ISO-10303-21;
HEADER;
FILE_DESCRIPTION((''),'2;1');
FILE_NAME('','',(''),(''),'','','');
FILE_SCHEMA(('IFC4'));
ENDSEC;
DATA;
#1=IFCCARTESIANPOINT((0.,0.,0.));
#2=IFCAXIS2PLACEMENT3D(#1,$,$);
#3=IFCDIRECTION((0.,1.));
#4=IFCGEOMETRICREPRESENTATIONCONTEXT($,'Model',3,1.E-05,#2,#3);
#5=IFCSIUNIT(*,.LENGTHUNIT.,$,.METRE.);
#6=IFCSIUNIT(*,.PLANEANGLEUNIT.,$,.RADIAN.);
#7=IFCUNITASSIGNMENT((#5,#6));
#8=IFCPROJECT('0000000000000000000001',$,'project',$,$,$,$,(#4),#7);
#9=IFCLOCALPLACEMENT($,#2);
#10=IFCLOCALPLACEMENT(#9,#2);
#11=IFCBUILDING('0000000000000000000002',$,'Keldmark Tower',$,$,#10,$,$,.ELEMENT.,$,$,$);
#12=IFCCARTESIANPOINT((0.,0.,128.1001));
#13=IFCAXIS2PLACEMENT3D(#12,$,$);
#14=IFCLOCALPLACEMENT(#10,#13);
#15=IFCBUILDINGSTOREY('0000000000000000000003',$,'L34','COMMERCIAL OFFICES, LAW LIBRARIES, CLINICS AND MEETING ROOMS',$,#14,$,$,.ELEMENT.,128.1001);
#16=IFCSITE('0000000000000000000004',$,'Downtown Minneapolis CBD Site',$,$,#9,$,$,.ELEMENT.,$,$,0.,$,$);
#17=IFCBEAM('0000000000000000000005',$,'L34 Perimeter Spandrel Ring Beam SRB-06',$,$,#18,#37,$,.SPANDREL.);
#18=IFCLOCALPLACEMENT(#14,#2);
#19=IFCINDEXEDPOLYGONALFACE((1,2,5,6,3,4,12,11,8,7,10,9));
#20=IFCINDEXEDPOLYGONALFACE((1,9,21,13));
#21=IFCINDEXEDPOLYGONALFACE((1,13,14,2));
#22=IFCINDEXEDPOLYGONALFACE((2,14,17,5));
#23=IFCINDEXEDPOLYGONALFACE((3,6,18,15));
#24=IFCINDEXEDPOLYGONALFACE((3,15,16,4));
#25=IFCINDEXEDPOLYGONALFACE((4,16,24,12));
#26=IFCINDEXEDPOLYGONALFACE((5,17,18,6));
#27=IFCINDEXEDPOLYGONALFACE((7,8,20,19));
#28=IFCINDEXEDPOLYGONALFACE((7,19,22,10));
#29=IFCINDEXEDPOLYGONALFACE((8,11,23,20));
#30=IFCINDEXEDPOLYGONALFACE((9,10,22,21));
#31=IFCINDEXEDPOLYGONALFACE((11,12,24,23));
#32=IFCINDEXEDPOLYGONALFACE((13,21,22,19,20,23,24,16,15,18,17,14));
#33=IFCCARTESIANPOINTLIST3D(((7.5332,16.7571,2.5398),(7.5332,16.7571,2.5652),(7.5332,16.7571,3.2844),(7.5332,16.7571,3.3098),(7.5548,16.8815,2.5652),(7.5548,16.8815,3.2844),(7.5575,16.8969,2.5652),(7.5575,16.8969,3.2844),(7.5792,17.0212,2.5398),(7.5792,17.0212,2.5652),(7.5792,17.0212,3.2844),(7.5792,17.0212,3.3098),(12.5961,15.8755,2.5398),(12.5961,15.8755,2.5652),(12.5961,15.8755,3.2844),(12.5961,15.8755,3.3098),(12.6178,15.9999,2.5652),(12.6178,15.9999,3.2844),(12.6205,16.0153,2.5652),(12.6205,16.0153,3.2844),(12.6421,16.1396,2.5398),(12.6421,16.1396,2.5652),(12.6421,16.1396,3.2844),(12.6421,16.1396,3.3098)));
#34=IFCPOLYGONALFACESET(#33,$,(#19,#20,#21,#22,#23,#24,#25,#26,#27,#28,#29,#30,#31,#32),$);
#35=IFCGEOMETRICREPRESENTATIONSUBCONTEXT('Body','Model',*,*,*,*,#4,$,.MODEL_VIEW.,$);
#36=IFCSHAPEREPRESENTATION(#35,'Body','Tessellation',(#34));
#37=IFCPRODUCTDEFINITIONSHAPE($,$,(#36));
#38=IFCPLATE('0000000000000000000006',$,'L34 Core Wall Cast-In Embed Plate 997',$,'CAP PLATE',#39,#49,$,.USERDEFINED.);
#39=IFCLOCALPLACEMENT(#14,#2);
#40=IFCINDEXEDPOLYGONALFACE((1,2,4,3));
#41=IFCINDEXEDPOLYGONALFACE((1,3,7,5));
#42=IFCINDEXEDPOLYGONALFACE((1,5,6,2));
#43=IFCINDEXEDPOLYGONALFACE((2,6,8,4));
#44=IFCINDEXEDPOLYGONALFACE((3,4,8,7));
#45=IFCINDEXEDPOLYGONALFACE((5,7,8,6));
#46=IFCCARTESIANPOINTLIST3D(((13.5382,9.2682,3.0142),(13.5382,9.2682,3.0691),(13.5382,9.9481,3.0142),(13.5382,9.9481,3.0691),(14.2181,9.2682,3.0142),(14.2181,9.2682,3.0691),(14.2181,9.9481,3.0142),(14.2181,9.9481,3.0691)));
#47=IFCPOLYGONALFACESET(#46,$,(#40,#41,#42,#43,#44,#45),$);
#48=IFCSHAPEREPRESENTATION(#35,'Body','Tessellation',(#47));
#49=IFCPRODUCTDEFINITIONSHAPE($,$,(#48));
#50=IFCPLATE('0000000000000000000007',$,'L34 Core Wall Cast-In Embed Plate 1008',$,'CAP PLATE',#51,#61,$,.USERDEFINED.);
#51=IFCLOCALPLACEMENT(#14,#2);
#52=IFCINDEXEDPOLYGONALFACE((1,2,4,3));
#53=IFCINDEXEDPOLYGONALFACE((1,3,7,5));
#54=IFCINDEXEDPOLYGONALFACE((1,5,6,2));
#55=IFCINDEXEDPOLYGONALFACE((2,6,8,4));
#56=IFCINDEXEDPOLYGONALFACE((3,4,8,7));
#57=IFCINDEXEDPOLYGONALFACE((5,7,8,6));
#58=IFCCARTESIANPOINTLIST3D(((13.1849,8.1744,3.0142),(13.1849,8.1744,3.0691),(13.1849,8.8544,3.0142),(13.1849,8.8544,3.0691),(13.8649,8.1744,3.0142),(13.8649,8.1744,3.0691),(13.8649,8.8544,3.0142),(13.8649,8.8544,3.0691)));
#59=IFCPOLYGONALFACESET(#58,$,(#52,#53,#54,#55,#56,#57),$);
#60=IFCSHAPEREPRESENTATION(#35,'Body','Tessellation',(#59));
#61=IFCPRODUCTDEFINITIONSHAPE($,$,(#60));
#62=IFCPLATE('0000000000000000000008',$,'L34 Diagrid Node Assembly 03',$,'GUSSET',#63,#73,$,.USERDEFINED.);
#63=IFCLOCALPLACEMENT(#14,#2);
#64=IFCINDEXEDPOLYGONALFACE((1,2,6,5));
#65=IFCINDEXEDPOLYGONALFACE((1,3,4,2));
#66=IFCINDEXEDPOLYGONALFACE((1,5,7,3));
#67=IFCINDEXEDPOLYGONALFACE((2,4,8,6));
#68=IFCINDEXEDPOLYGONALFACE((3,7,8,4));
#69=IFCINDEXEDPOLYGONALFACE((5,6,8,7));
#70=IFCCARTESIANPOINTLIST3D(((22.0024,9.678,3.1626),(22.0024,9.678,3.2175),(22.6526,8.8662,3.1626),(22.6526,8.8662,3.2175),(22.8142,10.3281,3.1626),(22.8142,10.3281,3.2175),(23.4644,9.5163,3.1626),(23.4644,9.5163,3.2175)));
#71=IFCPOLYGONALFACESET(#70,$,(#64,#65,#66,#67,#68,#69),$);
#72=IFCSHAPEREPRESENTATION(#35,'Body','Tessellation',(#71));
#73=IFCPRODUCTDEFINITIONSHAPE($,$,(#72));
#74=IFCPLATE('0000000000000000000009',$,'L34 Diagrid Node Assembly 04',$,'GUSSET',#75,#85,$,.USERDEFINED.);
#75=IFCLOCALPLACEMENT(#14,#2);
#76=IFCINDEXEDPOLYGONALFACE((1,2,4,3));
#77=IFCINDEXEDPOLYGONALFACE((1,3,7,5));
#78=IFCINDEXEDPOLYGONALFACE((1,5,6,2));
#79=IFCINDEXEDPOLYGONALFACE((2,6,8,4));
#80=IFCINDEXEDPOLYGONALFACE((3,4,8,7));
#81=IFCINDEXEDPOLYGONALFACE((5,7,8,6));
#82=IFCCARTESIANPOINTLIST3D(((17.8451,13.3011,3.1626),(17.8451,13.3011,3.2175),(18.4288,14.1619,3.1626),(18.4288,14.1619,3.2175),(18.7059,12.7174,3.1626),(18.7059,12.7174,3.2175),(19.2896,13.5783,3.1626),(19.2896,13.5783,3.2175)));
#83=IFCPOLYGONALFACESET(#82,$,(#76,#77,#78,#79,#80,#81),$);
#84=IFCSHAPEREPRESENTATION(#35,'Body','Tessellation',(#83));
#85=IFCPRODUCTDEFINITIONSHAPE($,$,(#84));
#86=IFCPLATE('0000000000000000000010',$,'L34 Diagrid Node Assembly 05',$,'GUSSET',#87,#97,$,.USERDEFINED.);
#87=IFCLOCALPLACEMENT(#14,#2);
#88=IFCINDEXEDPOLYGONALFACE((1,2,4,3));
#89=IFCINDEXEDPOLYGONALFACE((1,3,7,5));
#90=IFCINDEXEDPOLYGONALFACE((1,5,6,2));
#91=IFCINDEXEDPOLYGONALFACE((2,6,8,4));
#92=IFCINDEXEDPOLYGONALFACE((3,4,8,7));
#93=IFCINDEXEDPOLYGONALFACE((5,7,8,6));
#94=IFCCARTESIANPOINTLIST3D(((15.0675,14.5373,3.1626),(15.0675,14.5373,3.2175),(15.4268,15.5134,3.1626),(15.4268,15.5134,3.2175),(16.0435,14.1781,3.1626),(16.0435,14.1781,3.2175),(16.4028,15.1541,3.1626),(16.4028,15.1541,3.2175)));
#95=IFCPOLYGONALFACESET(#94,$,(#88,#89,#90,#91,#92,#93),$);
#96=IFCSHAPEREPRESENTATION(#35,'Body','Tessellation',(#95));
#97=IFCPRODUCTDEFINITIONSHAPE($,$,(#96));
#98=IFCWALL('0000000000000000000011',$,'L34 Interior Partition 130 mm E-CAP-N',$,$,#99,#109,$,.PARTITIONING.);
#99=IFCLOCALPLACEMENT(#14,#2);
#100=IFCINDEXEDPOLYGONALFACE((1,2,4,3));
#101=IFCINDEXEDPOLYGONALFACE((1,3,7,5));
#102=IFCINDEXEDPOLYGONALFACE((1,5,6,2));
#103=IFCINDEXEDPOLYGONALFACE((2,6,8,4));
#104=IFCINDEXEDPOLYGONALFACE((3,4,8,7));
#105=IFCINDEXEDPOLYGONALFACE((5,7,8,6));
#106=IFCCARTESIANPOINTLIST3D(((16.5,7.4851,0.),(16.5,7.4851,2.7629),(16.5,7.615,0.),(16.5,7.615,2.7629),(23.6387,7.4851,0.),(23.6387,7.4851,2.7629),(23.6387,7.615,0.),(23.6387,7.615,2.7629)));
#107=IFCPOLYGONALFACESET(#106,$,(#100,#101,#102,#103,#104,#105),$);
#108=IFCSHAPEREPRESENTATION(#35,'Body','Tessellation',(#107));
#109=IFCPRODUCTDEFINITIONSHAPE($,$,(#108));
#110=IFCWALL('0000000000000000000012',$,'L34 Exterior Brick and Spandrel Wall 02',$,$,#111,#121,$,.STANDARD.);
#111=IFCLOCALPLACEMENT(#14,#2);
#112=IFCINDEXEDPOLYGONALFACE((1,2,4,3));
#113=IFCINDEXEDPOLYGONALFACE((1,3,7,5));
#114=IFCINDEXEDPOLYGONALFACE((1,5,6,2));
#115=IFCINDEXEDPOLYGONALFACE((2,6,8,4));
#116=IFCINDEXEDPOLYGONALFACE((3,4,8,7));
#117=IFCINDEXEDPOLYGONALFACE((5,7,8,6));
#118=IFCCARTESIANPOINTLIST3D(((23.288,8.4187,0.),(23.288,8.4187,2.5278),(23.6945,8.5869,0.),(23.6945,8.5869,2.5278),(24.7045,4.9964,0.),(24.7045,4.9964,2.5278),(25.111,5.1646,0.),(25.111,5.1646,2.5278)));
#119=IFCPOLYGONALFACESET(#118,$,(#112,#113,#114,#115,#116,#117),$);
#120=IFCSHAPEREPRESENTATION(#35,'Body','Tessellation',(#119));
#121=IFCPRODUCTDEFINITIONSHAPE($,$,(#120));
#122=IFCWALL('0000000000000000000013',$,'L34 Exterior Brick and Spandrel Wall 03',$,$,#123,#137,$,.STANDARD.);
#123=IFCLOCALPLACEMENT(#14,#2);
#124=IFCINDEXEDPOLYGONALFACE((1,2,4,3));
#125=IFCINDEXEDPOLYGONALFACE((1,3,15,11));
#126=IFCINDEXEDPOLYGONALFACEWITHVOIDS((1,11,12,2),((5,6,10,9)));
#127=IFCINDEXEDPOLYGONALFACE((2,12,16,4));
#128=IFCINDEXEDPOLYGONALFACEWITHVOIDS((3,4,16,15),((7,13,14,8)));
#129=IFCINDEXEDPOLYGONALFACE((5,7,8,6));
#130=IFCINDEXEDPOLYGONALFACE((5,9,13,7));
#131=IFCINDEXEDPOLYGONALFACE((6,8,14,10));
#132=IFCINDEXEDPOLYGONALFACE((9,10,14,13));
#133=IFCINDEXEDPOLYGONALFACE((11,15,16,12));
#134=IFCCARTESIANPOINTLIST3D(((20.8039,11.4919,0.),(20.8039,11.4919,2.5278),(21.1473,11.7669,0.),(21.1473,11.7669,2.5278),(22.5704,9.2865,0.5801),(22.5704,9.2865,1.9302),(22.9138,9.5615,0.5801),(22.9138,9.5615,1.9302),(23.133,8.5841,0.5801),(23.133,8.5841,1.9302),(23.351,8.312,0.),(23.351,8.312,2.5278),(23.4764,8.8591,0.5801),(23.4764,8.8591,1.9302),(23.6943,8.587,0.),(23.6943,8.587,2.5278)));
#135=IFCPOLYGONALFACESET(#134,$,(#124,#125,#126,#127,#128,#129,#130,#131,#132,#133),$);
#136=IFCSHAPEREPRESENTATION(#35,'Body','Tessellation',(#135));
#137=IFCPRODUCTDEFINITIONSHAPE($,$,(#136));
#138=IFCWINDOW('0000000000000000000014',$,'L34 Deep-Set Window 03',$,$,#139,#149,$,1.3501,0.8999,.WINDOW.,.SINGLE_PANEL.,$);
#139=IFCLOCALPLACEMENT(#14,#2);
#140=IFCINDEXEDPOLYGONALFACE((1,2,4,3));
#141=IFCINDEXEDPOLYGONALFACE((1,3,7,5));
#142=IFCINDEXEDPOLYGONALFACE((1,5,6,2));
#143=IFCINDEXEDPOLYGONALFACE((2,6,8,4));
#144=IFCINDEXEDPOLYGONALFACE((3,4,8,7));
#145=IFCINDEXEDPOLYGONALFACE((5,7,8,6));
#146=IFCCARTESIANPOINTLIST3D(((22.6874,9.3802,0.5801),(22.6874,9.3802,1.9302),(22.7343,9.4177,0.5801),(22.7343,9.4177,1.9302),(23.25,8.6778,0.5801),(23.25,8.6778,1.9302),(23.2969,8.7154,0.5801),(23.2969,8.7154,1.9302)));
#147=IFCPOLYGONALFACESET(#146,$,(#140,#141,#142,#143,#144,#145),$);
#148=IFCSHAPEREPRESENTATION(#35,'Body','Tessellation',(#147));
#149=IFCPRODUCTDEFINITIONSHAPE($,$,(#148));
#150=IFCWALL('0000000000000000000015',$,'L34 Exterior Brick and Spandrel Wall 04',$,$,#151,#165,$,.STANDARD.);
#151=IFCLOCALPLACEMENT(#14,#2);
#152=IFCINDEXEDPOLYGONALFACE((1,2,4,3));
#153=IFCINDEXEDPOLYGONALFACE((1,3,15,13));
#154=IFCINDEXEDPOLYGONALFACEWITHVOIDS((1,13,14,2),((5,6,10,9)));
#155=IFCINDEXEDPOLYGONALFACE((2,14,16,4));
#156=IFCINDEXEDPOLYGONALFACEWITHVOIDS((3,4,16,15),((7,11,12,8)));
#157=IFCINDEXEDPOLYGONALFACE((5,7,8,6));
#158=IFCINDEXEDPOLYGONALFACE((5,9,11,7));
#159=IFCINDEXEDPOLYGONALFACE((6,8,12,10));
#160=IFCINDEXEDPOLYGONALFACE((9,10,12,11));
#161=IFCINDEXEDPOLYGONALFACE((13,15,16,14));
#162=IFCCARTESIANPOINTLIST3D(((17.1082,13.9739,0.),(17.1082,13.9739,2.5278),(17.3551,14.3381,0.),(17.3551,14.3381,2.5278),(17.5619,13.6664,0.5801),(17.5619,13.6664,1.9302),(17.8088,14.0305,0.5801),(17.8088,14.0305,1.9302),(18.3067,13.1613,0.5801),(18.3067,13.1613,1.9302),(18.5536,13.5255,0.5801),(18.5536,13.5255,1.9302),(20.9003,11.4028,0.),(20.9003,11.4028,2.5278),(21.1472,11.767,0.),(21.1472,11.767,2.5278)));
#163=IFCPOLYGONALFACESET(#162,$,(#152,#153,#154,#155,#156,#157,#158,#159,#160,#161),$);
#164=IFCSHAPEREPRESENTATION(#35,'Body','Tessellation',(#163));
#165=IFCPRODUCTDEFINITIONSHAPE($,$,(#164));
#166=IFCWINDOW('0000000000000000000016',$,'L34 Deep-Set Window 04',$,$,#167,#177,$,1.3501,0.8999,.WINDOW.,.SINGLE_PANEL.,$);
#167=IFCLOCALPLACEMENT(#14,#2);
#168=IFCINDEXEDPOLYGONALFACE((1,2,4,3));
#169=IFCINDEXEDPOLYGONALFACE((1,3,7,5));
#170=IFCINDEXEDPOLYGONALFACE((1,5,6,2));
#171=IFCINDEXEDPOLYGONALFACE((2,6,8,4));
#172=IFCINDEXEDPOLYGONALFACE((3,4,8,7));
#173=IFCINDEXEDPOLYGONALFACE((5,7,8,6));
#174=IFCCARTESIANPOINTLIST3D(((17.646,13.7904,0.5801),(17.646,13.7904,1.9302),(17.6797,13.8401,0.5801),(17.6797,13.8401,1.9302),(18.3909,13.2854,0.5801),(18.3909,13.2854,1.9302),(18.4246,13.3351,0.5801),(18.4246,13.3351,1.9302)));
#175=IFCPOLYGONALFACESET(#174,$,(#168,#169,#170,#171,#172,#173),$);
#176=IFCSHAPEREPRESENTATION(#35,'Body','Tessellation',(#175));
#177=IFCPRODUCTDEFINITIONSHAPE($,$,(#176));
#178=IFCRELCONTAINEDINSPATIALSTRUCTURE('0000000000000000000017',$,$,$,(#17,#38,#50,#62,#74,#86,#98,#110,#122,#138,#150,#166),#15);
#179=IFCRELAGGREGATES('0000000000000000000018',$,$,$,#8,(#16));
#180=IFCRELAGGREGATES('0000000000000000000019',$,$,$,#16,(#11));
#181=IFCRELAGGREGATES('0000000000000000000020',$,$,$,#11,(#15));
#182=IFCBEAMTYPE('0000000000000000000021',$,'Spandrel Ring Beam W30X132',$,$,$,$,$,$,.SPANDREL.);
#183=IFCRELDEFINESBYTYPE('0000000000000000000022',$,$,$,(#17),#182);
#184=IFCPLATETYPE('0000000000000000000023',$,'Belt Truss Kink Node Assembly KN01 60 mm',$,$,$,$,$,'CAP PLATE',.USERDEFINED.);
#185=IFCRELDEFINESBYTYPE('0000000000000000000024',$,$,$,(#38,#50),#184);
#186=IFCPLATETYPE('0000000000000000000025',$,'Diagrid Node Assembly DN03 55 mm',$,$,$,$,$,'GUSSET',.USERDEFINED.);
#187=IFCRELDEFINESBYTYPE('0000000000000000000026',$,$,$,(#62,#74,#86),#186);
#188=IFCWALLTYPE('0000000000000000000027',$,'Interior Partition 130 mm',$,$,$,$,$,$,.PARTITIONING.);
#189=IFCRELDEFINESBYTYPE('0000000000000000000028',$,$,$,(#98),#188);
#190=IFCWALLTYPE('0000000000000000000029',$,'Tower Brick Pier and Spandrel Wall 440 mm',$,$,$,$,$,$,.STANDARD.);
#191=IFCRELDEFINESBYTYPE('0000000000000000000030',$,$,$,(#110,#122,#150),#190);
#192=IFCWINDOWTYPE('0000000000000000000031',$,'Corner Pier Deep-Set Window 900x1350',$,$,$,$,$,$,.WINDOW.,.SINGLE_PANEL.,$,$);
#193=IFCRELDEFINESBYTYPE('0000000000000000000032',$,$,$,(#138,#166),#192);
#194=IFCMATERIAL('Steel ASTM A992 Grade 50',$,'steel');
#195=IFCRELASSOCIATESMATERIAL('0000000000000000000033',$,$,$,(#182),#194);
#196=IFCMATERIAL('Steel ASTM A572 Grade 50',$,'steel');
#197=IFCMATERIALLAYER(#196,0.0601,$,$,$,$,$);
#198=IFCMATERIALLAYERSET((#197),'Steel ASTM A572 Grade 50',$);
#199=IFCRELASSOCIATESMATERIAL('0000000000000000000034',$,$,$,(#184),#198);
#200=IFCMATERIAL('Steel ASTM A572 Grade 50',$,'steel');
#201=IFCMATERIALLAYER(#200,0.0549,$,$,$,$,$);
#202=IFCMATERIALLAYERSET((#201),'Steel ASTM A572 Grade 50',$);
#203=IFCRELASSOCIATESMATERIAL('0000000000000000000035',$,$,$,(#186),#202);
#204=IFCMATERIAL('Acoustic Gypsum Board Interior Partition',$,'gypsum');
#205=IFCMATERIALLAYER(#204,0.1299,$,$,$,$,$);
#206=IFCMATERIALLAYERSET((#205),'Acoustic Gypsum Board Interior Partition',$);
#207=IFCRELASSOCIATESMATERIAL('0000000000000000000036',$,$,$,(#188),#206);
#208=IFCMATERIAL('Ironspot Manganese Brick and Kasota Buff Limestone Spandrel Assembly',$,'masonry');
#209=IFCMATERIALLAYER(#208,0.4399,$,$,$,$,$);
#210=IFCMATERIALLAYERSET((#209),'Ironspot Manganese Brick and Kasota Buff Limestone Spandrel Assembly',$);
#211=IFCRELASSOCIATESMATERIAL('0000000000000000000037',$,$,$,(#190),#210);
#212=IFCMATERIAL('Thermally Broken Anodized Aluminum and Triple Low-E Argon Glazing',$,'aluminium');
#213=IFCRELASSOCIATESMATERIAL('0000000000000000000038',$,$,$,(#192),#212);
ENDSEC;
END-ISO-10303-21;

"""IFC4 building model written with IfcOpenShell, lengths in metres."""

from ifc_helpers import new_model, si_unit, direction, frame, frame_2d, origin, origin_2d, place, context, subcontext, project, spatial, rectangle, i_section, extrude, material, layer, layer_set, material_profile, profile_set, type_object, element, fill, save


model = new_model("IFC4")

# Units and contexts
model_context = context("Model", 3, precision=1e-05, world=origin(), true_north=direction((0.0, 1.0)))
body_context = subcontext(model_context, "Body", "Model", "MODEL_VIEW")
ifc_project = project(units=[si_unit("LENGTHUNIT", "METRE"), si_unit("PLANEANGLEUNIT", "RADIAN")], contexts=[model_context])

# Site, building, storey
site_placement = place(None, origin())
site = spatial("IfcSite", under=ifc_project, at=site_placement, Name="Downtown Minneapolis CBD Site", CompositionType="ELEMENT", RefElevation=0.0)
building_placement = place(site_placement, origin())
building = spatial("IfcBuilding", under=site, at=building_placement, Name="Keldmark Tower", CompositionType="ELEMENT")
storey_placement = place(building_placement, frame((0.0, 0.0, 128.1001)))
storey = spatial("IfcBuildingStorey", under=building, at=storey_placement, Name="L34", Description="COMMERCIAL OFFICES, LAW LIBRARIES, CLINICS AND MEETING ROOMS", CompositionType="ELEMENT", Elevation=128.1001)

# Beam
ifc_material_1 = material(Name="Steel ASTM A992 Grade 50", Category="steel")
ifc_material_profile_1 = material_profile(ifc_material_1, i_section(OverallWidth=0.2681, OverallDepth=0.77, WebThickness=0.0156, FlangeThickness=0.0254, at=origin_2d()), Name="W30X132")
ifc_profile_set_1 = profile_set([ifc_material_profile_1], Name="Steel ASTM A992 Grade 50")
beam_type_1 = type_object("IfcBeamType", Name="Spandrel Ring Beam W30X132", PredefinedType="SPANDREL", material=ifc_profile_set_1)
beam_1_placement = place(storey_placement, frame((12.6191, 16.0076, 2.9248), z_axis=(-0.985177, 0.171544, 0.0), x_axis=(-0.171544, -0.985177, 0.0)))
element("IfcBeam", 1, at=beam_1_placement, inside=storey, type_object=beam_type_1, Name="L34 Perimeter Spandrel Ring Beam SRB-06", PredefinedType="SPANDREL", context=body_context, shape_type="SweptSolid", body=[
    extrude(i_section(OverallWidth=0.2681, OverallDepth=0.77, WebThickness=0.0156, FlangeThickness=0.0254, at=origin_2d()), origin(), (0.0, 0.0, 1.0), 5.1392),
])

# Plates
ifc_material_2 = material(Name="Steel ASTM A572 Grade 50", Category="steel")
ifc_layer_1 = layer(ifc_material_2, 0.0601)
ifc_layer_set_1 = layer_set([ifc_layer_1], Name="Steel ASTM A572 Grade 50")
plate_type_1 = type_object("IfcPlateType", Name="Belt Truss Kink Node Assembly KN01 60 mm", ElementType="CAP PLATE", PredefinedType="USERDEFINED", material=ifc_layer_set_1)
for number, where, z_axis, x_axis, name in (
    (2, (13.8782, 9.6082, 3.0142), (0.0, 0.0, 1.0), (1.0, 0.0, 0.0), "L34 Core Wall Cast-In Embed Plate 997"),
    (3, (13.5249, 8.5144, 3.0142), (0.0, 0.0, 1.0), (1.0, 0.0, 0.0), "L34 Core Wall Cast-In Embed Plate 1008"),
):
    element("IfcPlate", number, at=place(storey_placement, frame(where, z_axis=z_axis, x_axis=x_axis)), inside=storey, type_object=plate_type_1, Name=name, ObjectType="CAP PLATE", PredefinedType="USERDEFINED", context=body_context, shape_type="SweptSolid", body=[
        extrude(rectangle(XDim=0.6799, YDim=0.6799, at=origin_2d()), origin(), (0.0, 0.0, 1.0), 0.0549),
    ])
ifc_material_3 = material(Name="Steel ASTM A572 Grade 50", Category="steel")
ifc_layer_2 = layer(ifc_material_3, 0.0549)
ifc_layer_set_2 = layer_set([ifc_layer_2], Name="Steel ASTM A572 Grade 50")
plate_type_2 = type_object("IfcPlateType", Name="Diagrid Node Assembly DN03 55 mm", ElementType="GUSSET", PredefinedType="USERDEFINED", material=ifc_layer_set_2)
for number, where, z_axis, x_axis, name in (
    (4, (22.7334, 9.5972, 3.1626), (0.0, 0.0, 1.0), (-0.625106, 0.78054, 0.0), "L34 Diagrid Node Assembly 03"),
    (5, (18.5674, 13.4397, 3.1626), (0.0, 0.0, 1.0), (-0.827669, 0.561217, 0.0), "L34 Diagrid Node Assembly 04"),
    (6, (15.7351, 14.8457, 3.1626), (0.0, 0.0, 1.0), (-0.938433, 0.345462, 0.0), "L34 Diagrid Node Assembly 05"),
):
    element("IfcPlate", number, at=place(storey_placement, frame(where, z_axis=z_axis, x_axis=x_axis)), inside=storey, type_object=plate_type_2, Name=name, ObjectType="GUSSET", PredefinedType="USERDEFINED", context=body_context, shape_type="SweptSolid", body=[
        extrude(rectangle(XDim=1.04, YDim=1.04, at=origin_2d()), origin(), (0.0, 0.0, 1.0), 0.0549),
    ])

# Walls
ifc_material_4 = material(Name="Acoustic Gypsum Board Interior Partition", Category="gypsum")
ifc_layer_3 = layer(ifc_material_4, 0.1299)
ifc_layer_set_3 = layer_set([ifc_layer_3], Name="Acoustic Gypsum Board Interior Partition")
wall_type_1 = type_object("IfcWallType", Name="Interior Partition 130 mm", PredefinedType="PARTITIONING", material=ifc_layer_set_3)
wall_1_placement = place(storey_placement, frame((16.5, 7.55, 0.0), z_axis=(0.0, 0.0, 1.0), x_axis=(1.0, 0.0, 0.0)))
element("IfcWall", 7, at=wall_1_placement, inside=storey, type_object=wall_type_1, Name="L34 Interior Partition 130 mm E-CAP-N", PredefinedType="PARTITIONING", context=body_context, shape_type="SweptSolid", body=[
    extrude(rectangle(XDim=7.1387, YDim=0.1299, at=frame_2d((3.5693, 0.0))), origin(), (0.0, 0.0, 1.0), 2.7629),
])
ifc_material_5 = material(Name="Ironspot Manganese Brick and Kasota Buff Limestone Spandrel Assembly", Category="masonry")
ifc_layer_4 = layer(ifc_material_5, 0.4399)
ifc_layer_set_4 = layer_set([ifc_layer_4], Name="Ironspot Manganese Brick and Kasota Buff Limestone Spandrel Assembly")
wall_type_2 = type_object("IfcWallType", Name="Tower Brick Pier and Spandrel Wall 440 mm", PredefinedType="STANDARD", material=ifc_layer_set_4)
wall_2_placement = place(storey_placement, frame((23.4912, 8.5029, 0.0), z_axis=(0.0, 0.0, 1.0), x_axis=(0.382433, -0.923983, 0.0)))
element("IfcWall", 8, at=wall_2_placement, inside=storey, type_object=wall_type_2, Name="L34 Exterior Brick and Spandrel Wall 02", PredefinedType="STANDARD", context=body_context, shape_type="SweptSolid", body=[
    extrude(rectangle(XDim=3.7039, YDim=0.4399, at=frame_2d((1.8521, 0.0))), origin(), (0.0, 0.0, 1.0), 2.5278),
])

# Walls, openings, windows
wall_3_placement = place(storey_placement, frame((20.9756, 11.6294, 0.0), z_axis=(0.0, 0.0, 1.0), x_axis=(0.62517, -0.780489, 0.0)))
wall_3 = element("IfcWall", 9, at=wall_3_placement, inside=storey, type_object=wall_type_2, Name="L34 Exterior Brick and Spandrel Wall 03", PredefinedType="STANDARD", context=body_context, shape_type="SweptSolid", body=[
    extrude(rectangle(XDim=4.0742, YDim=0.4399, at=frame_2d((2.0371, 0.0))), origin(), (0.0, 0.0, 1.0), 2.5278),
])
opening_1_placement = place(wall_3_placement, frame((2.8257, 0.0, 0.5801)))
opening_1 = element("IfcOpeningElement", 10, at=opening_1_placement, cuts=wall_3, PredefinedType="OPENING", context=body_context, shape_type="SweptSolid", body=[
    extrude(rectangle(XDim=0.8999, YDim=1.3501, at=frame_2d((0.45, 0.675))), frame((0.0, 0.23, 0.0), z_axis=(0.0, -1.0, 0.0), x_axis=(1.0, 0.0, 0.0)), (0.0, 0.0, 1.0), 0.46),
])
ifc_material_6 = material(Name="Thermally Broken Anodized Aluminum and Triple Low-E Argon Glazing", Category="aluminium")
window_type_1 = type_object("IfcWindowType", Name="Corner Pier Deep-Set Window 900x1350", PartitioningType="SINGLE_PANEL", PredefinedType="WINDOW", material=ifc_material_6)
window_1_placement = place(opening_1_placement, origin())
window_1 = element("IfcWindow", 11, at=window_1_placement, inside=storey, type_object=window_type_1, Name="L34 Deep-Set Window 03", OverallHeight=1.3501, OverallWidth=0.8999, PartitioningType="SINGLE_PANEL", PredefinedType="WINDOW", context=body_context, shape_type="SweptSolid", body=[
    extrude(rectangle(XDim=0.8999, YDim=1.3501, at=frame_2d((0.45, 0.675))), frame((0.0, -0.01, 0.0), z_axis=(0.0, -1.0, 0.0), x_axis=(1.0, 0.0, 0.0)), (0.0, 0.0, 1.0), 0.0601),
])
fill(opening_1, window_1)
wall_4_placement = place(storey_placement, frame((17.2317, 14.156, 0.0), z_axis=(0.0, 0.0, 1.0), x_axis=(0.827688, -0.561189, 0.0)))
wall_4 = element("IfcWall", 12, at=wall_4_placement, inside=storey, type_object=wall_type_2, Name="L34 Exterior Brick and Spandrel Wall 04", PredefinedType="STANDARD", context=body_context, shape_type="SweptSolid", body=[
    extrude(rectangle(XDim=4.5815, YDim=0.4399, at=frame_2d((2.2908, 0.0))), origin(), (0.0, 0.0, 1.0), 2.5278),
])
opening_2_placement = place(wall_4_placement, frame((0.5481, 0.0, 0.5801)))
opening_2 = element("IfcOpeningElement", 13, at=opening_2_placement, cuts=wall_4, PredefinedType="OPENING", context=body_context, shape_type="SweptSolid", body=[
    extrude(rectangle(XDim=0.8999, YDim=1.3501, at=frame_2d((0.45, 0.675))), frame((0.0, 0.23, 0.0), z_axis=(0.0, -1.0, 0.0), x_axis=(1.0, 0.0, 0.0)), (0.0, 0.0, 1.0), 0.46),
])
window_2_placement = place(opening_2_placement, origin())
window_2 = element("IfcWindow", 14, at=window_2_placement, inside=storey, type_object=window_type_1, Name="L34 Deep-Set Window 04", OverallHeight=1.3501, OverallWidth=0.8999, PartitioningType="SINGLE_PANEL", PredefinedType="WINDOW", context=body_context, shape_type="SweptSolid", body=[
    extrude(rectangle(XDim=0.8999, YDim=1.3501, at=frame_2d((0.45, 0.675))), frame((0.0, -0.01, 0.0), z_axis=(0.0, -1.0, 0.0), x_axis=(1.0, 0.0, 0.0)), (0.0, 0.0, 1.0), 0.0601),
])
fill(opening_2, window_2)

save(model, "model.ifc")
